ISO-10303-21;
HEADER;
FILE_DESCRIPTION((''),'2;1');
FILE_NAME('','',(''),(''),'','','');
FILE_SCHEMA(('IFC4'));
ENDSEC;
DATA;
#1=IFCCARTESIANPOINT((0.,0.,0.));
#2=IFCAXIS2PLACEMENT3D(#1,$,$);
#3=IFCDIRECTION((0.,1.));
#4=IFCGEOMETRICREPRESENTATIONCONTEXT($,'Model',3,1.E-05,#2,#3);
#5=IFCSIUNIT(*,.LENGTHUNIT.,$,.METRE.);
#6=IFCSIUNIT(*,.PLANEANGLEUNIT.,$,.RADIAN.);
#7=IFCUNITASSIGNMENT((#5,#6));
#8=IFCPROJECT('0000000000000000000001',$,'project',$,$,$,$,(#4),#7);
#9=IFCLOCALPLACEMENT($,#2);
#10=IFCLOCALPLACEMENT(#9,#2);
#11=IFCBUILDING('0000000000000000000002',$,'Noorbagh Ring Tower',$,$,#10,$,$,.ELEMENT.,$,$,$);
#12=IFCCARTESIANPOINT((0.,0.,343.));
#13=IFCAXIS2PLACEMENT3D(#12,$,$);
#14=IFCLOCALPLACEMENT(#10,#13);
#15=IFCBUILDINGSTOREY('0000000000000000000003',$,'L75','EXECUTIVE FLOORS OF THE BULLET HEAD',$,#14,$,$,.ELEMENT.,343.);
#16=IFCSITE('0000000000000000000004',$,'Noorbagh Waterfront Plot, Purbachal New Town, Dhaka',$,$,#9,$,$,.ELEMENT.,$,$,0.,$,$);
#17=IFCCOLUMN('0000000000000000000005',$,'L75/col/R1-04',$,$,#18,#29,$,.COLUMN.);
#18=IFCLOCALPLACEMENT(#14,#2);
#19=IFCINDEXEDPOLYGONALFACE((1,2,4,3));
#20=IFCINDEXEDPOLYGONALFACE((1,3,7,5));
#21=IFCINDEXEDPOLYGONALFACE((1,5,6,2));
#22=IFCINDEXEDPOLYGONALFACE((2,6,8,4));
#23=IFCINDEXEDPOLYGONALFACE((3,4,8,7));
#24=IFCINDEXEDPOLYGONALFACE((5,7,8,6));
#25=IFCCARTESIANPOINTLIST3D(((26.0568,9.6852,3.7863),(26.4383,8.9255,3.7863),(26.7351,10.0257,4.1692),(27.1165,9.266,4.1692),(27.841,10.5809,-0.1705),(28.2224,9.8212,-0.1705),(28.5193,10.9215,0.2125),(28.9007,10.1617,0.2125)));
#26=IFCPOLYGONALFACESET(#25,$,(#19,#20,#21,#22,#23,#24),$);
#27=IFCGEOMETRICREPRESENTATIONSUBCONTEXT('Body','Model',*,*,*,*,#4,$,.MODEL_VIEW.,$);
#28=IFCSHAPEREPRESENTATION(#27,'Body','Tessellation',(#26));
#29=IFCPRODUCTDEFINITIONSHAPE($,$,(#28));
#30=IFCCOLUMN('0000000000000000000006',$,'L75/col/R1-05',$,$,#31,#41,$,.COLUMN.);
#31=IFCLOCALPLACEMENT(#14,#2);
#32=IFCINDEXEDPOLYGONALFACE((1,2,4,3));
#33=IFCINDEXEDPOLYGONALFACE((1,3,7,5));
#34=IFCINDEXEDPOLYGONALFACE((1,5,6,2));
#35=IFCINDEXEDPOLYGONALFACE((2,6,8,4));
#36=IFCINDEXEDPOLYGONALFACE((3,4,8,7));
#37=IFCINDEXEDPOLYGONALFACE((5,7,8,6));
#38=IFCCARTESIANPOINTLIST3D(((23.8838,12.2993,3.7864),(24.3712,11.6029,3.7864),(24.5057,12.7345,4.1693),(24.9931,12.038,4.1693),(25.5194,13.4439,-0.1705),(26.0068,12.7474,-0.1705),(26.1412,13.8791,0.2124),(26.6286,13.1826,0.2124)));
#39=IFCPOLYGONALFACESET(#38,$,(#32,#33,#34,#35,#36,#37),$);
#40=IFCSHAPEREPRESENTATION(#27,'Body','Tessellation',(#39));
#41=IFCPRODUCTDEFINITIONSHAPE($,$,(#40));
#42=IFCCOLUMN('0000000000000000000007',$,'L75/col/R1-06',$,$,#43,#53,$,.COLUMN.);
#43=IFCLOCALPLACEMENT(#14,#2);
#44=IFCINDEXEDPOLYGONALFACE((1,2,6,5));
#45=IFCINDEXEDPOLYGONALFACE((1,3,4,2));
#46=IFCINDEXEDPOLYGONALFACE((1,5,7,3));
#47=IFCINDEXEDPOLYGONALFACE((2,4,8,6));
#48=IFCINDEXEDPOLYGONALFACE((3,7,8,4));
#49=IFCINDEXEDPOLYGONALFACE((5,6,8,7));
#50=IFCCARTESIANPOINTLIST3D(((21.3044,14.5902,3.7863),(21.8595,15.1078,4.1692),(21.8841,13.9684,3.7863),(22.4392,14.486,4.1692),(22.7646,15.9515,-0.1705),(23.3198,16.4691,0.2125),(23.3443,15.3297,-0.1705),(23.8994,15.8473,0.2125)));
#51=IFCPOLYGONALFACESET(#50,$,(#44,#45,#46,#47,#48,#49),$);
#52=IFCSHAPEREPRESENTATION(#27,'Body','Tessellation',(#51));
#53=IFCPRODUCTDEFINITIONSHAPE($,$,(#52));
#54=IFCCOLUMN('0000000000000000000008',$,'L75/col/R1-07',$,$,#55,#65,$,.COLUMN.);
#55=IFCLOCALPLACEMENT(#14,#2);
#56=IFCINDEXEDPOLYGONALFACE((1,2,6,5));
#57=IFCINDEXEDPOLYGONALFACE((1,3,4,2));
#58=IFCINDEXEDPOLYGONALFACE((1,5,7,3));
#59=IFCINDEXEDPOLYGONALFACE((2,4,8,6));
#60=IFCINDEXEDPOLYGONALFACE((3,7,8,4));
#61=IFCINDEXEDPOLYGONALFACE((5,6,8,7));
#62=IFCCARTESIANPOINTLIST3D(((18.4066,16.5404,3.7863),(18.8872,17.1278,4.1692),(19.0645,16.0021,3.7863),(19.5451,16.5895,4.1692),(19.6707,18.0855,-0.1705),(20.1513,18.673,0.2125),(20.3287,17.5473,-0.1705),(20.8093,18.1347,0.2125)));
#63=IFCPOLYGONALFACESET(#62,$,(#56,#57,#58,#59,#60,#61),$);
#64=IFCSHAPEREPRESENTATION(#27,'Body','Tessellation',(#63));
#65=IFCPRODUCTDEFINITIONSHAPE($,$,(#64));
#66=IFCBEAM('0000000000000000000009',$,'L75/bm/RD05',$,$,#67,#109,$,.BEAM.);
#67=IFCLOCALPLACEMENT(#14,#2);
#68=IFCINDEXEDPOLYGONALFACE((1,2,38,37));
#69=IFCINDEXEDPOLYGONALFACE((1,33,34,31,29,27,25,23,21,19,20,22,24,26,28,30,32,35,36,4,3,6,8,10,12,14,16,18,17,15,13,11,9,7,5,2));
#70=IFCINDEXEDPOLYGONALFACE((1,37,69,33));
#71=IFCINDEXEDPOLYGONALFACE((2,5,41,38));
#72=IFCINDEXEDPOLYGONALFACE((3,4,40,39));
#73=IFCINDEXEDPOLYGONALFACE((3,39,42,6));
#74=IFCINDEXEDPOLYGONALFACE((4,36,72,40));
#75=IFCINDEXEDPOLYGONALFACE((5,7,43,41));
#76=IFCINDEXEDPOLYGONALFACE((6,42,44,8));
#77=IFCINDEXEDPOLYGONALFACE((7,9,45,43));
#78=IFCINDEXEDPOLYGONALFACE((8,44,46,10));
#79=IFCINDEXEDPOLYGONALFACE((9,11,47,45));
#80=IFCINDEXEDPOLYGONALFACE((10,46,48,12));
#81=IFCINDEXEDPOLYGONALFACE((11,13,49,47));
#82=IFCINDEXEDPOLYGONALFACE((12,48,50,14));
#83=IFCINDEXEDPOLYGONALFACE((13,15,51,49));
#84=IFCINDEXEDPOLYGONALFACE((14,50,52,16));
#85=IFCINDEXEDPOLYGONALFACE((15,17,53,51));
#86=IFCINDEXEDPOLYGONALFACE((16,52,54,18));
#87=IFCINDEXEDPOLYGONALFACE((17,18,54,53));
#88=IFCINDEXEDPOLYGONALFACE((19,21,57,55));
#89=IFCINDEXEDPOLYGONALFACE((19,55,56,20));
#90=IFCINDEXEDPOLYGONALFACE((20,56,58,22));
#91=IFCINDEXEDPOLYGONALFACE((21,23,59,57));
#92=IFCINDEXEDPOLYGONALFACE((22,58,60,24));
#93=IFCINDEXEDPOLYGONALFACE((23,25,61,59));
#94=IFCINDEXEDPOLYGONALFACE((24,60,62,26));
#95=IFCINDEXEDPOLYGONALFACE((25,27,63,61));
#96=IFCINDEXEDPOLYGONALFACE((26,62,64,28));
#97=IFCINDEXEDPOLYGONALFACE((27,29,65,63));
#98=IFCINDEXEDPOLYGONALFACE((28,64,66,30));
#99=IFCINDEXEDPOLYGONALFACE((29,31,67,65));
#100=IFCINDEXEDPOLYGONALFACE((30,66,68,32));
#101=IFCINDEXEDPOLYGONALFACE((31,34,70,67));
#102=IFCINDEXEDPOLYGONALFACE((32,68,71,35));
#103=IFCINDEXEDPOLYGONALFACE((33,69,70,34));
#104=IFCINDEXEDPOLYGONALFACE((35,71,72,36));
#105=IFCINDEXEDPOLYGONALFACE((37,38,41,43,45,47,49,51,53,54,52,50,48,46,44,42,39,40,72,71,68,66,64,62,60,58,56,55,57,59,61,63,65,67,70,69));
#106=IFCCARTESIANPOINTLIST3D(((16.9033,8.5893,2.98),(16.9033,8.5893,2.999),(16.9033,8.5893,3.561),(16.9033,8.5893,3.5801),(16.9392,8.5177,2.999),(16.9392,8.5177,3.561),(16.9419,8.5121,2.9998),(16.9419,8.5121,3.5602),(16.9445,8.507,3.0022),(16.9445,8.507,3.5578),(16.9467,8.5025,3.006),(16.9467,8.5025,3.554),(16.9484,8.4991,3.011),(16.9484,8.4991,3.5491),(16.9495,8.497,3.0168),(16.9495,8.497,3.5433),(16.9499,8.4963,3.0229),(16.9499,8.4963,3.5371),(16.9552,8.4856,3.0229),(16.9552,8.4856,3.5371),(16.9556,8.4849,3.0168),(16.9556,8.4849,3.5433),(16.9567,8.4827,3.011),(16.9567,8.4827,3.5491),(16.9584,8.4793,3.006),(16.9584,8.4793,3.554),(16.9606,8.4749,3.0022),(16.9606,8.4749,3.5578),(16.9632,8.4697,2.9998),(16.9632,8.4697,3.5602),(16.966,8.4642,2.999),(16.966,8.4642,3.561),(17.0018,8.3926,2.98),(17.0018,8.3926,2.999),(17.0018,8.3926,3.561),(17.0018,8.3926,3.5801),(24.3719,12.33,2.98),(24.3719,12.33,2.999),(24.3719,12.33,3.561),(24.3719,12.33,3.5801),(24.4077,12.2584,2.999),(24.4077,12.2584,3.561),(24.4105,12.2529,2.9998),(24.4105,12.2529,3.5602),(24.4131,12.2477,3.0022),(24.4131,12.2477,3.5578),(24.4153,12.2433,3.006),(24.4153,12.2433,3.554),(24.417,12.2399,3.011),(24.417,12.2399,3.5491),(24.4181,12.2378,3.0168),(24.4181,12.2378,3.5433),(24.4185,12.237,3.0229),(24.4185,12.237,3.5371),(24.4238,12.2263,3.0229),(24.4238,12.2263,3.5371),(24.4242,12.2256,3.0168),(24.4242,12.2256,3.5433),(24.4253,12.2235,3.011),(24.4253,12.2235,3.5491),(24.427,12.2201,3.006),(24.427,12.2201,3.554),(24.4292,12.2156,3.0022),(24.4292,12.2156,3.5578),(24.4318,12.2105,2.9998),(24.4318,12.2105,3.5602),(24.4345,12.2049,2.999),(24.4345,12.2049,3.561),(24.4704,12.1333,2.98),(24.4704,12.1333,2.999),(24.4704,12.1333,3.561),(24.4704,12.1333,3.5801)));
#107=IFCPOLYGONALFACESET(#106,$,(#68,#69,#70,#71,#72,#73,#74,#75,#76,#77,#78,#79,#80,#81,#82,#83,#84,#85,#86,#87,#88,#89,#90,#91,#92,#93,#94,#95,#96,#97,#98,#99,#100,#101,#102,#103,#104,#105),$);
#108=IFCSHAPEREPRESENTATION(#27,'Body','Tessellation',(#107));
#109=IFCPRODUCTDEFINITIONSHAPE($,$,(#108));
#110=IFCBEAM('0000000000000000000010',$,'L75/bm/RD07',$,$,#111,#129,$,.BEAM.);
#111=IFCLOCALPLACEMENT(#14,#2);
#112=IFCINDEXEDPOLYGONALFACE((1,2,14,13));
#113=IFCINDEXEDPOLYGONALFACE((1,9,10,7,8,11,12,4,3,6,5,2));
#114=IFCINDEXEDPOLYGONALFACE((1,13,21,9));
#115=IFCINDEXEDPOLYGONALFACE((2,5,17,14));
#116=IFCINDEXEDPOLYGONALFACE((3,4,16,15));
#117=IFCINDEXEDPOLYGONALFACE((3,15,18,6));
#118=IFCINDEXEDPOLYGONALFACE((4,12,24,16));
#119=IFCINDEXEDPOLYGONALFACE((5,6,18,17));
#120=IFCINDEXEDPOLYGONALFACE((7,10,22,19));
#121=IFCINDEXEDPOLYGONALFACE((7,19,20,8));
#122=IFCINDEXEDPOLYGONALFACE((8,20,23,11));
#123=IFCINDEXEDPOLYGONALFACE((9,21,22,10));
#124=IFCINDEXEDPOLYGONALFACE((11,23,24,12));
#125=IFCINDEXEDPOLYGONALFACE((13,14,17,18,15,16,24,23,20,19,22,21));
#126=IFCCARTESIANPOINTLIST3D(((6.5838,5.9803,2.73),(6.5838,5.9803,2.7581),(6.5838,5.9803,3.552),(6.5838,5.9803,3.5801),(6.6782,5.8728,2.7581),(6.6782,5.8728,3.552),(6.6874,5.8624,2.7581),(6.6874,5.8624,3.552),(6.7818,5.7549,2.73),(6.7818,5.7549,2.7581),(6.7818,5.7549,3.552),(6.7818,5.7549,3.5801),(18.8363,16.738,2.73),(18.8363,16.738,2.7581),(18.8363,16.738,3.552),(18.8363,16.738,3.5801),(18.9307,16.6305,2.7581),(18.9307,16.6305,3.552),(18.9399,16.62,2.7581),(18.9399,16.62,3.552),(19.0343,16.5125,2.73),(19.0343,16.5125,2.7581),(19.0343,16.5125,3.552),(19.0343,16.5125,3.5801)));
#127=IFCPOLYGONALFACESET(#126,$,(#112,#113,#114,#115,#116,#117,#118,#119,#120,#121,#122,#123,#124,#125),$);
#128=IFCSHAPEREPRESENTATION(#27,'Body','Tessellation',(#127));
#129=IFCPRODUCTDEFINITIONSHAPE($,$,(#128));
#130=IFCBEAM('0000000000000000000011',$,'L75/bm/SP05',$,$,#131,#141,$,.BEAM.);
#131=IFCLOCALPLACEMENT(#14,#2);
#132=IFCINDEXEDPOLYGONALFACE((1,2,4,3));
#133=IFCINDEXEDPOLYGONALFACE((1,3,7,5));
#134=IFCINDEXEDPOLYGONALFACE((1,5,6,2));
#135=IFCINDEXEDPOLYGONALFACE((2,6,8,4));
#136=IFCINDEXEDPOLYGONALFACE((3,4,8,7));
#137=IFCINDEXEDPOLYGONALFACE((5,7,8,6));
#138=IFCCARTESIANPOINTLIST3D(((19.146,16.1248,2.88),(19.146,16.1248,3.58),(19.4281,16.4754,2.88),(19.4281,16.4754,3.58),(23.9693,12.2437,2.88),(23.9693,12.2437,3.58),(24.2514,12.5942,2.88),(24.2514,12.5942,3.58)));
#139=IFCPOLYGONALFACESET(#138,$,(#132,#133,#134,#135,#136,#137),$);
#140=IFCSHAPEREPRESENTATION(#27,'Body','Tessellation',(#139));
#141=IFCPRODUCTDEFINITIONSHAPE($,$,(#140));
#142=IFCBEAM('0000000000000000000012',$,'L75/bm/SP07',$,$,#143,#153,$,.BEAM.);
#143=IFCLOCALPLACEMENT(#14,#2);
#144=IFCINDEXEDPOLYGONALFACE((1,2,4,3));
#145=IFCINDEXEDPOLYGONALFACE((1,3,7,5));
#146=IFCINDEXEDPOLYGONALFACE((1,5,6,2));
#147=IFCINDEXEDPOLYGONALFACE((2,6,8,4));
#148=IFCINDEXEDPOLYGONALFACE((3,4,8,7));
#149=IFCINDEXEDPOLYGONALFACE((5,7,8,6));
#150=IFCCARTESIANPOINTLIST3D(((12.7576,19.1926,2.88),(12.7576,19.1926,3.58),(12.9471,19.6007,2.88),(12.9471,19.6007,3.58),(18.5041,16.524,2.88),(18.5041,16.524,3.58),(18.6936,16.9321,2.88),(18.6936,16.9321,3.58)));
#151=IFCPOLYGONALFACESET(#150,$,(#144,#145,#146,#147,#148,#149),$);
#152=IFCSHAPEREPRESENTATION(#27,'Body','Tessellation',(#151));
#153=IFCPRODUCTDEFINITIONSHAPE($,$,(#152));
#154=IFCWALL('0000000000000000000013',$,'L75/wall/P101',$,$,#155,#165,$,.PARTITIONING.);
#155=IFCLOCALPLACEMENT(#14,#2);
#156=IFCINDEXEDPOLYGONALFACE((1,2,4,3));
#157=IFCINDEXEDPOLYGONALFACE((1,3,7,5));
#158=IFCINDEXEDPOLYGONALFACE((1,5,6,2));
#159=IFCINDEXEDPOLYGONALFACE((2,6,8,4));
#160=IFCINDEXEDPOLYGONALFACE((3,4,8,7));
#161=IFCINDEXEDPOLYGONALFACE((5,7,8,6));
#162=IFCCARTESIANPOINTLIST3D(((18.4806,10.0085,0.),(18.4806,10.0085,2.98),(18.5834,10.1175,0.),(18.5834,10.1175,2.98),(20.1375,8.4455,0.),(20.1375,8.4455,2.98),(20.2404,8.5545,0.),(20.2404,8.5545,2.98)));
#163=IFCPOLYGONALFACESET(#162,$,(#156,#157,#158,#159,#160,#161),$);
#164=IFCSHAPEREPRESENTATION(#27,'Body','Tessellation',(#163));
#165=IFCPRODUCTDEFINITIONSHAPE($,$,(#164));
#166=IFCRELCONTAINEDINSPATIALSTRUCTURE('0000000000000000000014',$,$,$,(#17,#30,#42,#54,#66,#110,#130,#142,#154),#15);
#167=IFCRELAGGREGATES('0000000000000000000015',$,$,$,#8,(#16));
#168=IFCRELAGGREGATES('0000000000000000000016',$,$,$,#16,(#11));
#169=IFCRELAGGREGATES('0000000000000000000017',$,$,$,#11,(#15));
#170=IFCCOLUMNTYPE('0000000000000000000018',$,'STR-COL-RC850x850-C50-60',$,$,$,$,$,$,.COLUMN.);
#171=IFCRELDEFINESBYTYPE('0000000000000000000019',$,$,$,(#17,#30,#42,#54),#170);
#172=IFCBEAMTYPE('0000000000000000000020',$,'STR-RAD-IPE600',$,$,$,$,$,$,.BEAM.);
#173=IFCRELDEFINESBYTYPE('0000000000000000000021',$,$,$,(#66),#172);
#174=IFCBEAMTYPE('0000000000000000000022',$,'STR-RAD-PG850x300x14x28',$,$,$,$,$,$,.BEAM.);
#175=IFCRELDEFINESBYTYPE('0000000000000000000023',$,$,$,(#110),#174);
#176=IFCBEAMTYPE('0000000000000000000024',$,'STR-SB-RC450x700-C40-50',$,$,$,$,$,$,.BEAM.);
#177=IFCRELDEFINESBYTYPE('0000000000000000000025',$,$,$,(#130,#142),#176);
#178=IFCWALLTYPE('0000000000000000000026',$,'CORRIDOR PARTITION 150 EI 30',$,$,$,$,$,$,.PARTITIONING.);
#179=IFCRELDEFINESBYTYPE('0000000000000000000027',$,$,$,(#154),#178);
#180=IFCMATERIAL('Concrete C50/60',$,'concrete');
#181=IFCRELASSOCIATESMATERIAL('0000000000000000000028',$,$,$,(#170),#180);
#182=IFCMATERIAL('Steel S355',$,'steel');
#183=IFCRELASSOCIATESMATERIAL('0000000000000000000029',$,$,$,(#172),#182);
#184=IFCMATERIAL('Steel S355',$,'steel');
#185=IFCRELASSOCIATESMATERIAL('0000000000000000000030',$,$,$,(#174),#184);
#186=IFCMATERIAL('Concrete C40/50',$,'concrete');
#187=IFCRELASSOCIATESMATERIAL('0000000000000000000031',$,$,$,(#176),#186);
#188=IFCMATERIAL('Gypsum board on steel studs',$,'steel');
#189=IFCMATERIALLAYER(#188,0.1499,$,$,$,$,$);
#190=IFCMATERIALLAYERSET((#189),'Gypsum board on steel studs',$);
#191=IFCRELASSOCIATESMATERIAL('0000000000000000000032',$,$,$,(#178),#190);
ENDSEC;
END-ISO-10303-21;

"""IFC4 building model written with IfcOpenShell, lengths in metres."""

from ifc_helpers import new_model, si_unit, direction, frame, frame_2d, origin, origin_2d, place, context, subcontext, project, spatial, rectangle, i_section, extrude, material, layer, layer_set, material_profile, profile_set, type_object, element, save


model = new_model("IFC4")

# Units and contexts
model_context = context("Model", 3, precision=1e-05, world=origin(), true_north=direction((0.0, 1.0)))
body_context = subcontext(model_context, "Body", "Model", "MODEL_VIEW")
ifc_project = project(units=[si_unit("LENGTHUNIT", "METRE"), si_unit("PLANEANGLEUNIT", "RADIAN")], contexts=[model_context])

# Site, building, storey
site_placement = place(None, origin())
site = spatial("IfcSite", under=ifc_project, at=site_placement, Name="Noorbagh Waterfront Plot, Purbachal New Town, Dhaka", CompositionType="ELEMENT", RefElevation=0.0)
building_placement = place(site_placement, origin())
building = spatial("IfcBuilding", under=site, at=building_placement, Name="Noorbagh Ring Tower", CompositionType="ELEMENT")
storey_placement = place(building_placement, frame((0.0, 0.0, 343.0)))
storey = spatial("IfcBuildingStorey", under=building, at=storey_placement, Name="L75", Description="EXECUTIVE FLOORS OF THE BULLET HEAD", CompositionType="ELEMENT", Elevation=343.0)

# Columns
ifc_material_1 = material(Name="Concrete C50/60", Category="concrete")
ifc_material_profile_1 = material_profile(ifc_material_1, rectangle(XDim=0.8501, YDim=0.8501, at=origin_2d()), Name="RC850x850")
ifc_profile_set_1 = profile_set([ifc_material_profile_1], Name="Concrete C50/60")
column_type = type_object("IfcColumnType", Name="STR-COL-RC850x850-C50-60", PredefinedType="COLUMN", material=ifc_profile_set_1)
for number, where, z_axis, x_axis, name in (
    (1, (28.3708, 10.3713, 0.021), (-0.402576, -0.202114, 0.892795), (0.44868, -0.893692, 0.0), "L75/col/R1-04"),
    (2, (26.074, 13.3132, 0.021), (-0.369036, -0.258253, 0.892814), (0.573356, -0.819307, 0.0), "L75/col/R1-05"),
    (3, (23.332, 15.8994, 0.021), (-0.329477, -0.307167, 0.892801), (0.681909, -0.731437, 0.0), "L75/col/R1-06"),
    (4, (20.24, 18.1101, 0.021), (-0.285241, -0.348646, 0.892796), (0.773974, -0.633218, 0.0), "L75/col/R1-07"),
):
    element("IfcColumn", number, at=place(storey_placement, frame(where, z_axis=z_axis, x_axis=x_axis)), inside=storey, type_object=column_type, Name=name, PredefinedType="COLUMN", context=body_context, shape_type="SweptSolid", body=[
        extrude(rectangle(XDim=0.8501, YDim=0.8501, at=origin_2d()), origin(), (0.0, 0.0, 1.0), 4.4319),
    ])

# Beams
ifc_material_2 = material(Name="Steel S355", Category="steel")
ifc_material_profile_2 = material_profile(ifc_material_2, i_section(OverallWidth=0.22, OverallDepth=0.6001, WebThickness=0.012, FlangeThickness=0.019, FilletRadius=0.0239, at=origin_2d()), Name="IPE600")
ifc_profile_set_2 = profile_set([ifc_material_profile_2], Name="Steel S355")
beam_type_1 = type_object("IfcBeamType", Name="STR-RAD-IPE600", PredefinedType="BEAM", material=ifc_profile_set_2)
beam_1_placement = place(storey_placement, frame((24.4211, 12.2317, 3.28), z_axis=(-0.894117, -0.447833, 0.0), x_axis=(0.447833, -0.894117, 0.0)))
element("IfcBeam", 5, at=beam_1_placement, inside=storey, type_object=beam_type_1, Name="L75/bm/RD05", PredefinedType="BEAM", context=body_context, shape_type="SweptSolid", body=[
    extrude(i_section(OverallWidth=0.22, OverallDepth=0.6001, WebThickness=0.012, FlangeThickness=0.019, FilletRadius=0.0239, at=origin_2d()), origin(), (0.0, 0.0, 1.0), 8.353),
])
ifc_material_3 = material(Name="Steel S355", Category="steel")
ifc_material_profile_3 = material_profile(ifc_material_3, i_section(OverallWidth=0.3, OverallDepth=0.8501, WebThickness=0.0139, FlangeThickness=0.0281, at=origin_2d()), Name="PG850x300x14x28")
ifc_profile_set_3 = profile_set([ifc_material_profile_3], Name="Steel S355")
beam_type_2 = type_object("IfcBeamType", Name="STR-RAD-PG850x300x14x28", PredefinedType="BEAM", material=ifc_profile_set_3)
beam_2_placement = place(storey_placement, frame((18.9353, 16.6252, 3.155), z_axis=(-0.751461, -0.659778, 0.0), x_axis=(0.659778, -0.751461, 0.0)))
element("IfcBeam", 6, at=beam_2_placement, inside=storey, type_object=beam_type_2, Name="L75/bm/RD07", PredefinedType="BEAM", context=body_context, shape_type="SweptSolid", body=[
    extrude(i_section(OverallWidth=0.3, OverallDepth=0.8501, WebThickness=0.0139, FlangeThickness=0.0281, at=origin_2d()), origin(), (0.0, 0.0, 1.0), 16.3049),
])
ifc_material_4 = material(Name="Concrete C40/50", Category="concrete")
ifc_material_profile_4 = material_profile(ifc_material_4, rectangle(XDim=0.45, YDim=0.7, at=origin_2d()), Name="RC450x700")
ifc_profile_set_4 = profile_set([ifc_material_profile_4], Name="Concrete C40/50")
beam_type_3 = type_object("IfcBeamType", Name="STR-SB-RC450x700-C40-50", PredefinedType="BEAM", material=ifc_profile_set_4)
beam_3_placement = place(storey_placement, frame((24.1104, 12.4189, 3.23), z_axis=(-0.779092, 0.62691, 0.0), x_axis=(-0.62691, -0.779092, 0.0)))
element("IfcBeam", 7, at=beam_3_placement, inside=storey, type_object=beam_type_3, Name="L75/bm/SP05", PredefinedType="BEAM", context=body_context, shape_type="SweptSolid", body=[
    extrude(rectangle(XDim=0.45, YDim=0.7, at=origin_2d()), origin(), (0.0, 0.0, 1.0), 6.1909),
])
beam_4_placement = place(storey_placement, frame((18.5989, 16.728, 3.23), z_axis=(-0.90697, 0.421195, 0.0), x_axis=(-0.421195, -0.90697, 0.0)))
element("IfcBeam", 8, at=beam_4_placement, inside=storey, type_object=beam_type_3, Name="L75/bm/SP07", PredefinedType="BEAM", context=body_context, shape_type="SweptSolid", body=[
    extrude(rectangle(XDim=0.45, YDim=0.7, at=origin_2d()), origin(), (0.0, 0.0, 1.0), 6.3359),
])

# Wall
ifc_material_5 = material(Name="Gypsum board on steel studs", Category="steel")
ifc_layer_1 = layer(ifc_material_5, 0.1499)
ifc_layer_set_1 = layer_set([ifc_layer_1], Name="Gypsum board on steel studs")
wall_type_1 = type_object("IfcWallType", Name="CORRIDOR PARTITION 150 EI 30", PredefinedType="PARTITIONING", material=ifc_layer_set_1)
wall_1_placement = place(storey_placement, frame((18.532, 10.063, 0.0), z_axis=(0.0, 0.0, 1.0), x_axis=(0.727438, -0.686173, 0.0)))
element("IfcWall", 9, at=wall_1_placement, inside=storey, type_object=wall_type_1, Name="L75/wall/P101", PredefinedType="PARTITIONING", context=body_context, shape_type="SweptSolid", body=[
    extrude(rectangle(XDim=2.2778, YDim=0.1499, at=frame_2d((1.1389, 0.0))), origin(), (0.0, 0.0, 1.0), 2.98),
])

save(model, "model.ifc")
